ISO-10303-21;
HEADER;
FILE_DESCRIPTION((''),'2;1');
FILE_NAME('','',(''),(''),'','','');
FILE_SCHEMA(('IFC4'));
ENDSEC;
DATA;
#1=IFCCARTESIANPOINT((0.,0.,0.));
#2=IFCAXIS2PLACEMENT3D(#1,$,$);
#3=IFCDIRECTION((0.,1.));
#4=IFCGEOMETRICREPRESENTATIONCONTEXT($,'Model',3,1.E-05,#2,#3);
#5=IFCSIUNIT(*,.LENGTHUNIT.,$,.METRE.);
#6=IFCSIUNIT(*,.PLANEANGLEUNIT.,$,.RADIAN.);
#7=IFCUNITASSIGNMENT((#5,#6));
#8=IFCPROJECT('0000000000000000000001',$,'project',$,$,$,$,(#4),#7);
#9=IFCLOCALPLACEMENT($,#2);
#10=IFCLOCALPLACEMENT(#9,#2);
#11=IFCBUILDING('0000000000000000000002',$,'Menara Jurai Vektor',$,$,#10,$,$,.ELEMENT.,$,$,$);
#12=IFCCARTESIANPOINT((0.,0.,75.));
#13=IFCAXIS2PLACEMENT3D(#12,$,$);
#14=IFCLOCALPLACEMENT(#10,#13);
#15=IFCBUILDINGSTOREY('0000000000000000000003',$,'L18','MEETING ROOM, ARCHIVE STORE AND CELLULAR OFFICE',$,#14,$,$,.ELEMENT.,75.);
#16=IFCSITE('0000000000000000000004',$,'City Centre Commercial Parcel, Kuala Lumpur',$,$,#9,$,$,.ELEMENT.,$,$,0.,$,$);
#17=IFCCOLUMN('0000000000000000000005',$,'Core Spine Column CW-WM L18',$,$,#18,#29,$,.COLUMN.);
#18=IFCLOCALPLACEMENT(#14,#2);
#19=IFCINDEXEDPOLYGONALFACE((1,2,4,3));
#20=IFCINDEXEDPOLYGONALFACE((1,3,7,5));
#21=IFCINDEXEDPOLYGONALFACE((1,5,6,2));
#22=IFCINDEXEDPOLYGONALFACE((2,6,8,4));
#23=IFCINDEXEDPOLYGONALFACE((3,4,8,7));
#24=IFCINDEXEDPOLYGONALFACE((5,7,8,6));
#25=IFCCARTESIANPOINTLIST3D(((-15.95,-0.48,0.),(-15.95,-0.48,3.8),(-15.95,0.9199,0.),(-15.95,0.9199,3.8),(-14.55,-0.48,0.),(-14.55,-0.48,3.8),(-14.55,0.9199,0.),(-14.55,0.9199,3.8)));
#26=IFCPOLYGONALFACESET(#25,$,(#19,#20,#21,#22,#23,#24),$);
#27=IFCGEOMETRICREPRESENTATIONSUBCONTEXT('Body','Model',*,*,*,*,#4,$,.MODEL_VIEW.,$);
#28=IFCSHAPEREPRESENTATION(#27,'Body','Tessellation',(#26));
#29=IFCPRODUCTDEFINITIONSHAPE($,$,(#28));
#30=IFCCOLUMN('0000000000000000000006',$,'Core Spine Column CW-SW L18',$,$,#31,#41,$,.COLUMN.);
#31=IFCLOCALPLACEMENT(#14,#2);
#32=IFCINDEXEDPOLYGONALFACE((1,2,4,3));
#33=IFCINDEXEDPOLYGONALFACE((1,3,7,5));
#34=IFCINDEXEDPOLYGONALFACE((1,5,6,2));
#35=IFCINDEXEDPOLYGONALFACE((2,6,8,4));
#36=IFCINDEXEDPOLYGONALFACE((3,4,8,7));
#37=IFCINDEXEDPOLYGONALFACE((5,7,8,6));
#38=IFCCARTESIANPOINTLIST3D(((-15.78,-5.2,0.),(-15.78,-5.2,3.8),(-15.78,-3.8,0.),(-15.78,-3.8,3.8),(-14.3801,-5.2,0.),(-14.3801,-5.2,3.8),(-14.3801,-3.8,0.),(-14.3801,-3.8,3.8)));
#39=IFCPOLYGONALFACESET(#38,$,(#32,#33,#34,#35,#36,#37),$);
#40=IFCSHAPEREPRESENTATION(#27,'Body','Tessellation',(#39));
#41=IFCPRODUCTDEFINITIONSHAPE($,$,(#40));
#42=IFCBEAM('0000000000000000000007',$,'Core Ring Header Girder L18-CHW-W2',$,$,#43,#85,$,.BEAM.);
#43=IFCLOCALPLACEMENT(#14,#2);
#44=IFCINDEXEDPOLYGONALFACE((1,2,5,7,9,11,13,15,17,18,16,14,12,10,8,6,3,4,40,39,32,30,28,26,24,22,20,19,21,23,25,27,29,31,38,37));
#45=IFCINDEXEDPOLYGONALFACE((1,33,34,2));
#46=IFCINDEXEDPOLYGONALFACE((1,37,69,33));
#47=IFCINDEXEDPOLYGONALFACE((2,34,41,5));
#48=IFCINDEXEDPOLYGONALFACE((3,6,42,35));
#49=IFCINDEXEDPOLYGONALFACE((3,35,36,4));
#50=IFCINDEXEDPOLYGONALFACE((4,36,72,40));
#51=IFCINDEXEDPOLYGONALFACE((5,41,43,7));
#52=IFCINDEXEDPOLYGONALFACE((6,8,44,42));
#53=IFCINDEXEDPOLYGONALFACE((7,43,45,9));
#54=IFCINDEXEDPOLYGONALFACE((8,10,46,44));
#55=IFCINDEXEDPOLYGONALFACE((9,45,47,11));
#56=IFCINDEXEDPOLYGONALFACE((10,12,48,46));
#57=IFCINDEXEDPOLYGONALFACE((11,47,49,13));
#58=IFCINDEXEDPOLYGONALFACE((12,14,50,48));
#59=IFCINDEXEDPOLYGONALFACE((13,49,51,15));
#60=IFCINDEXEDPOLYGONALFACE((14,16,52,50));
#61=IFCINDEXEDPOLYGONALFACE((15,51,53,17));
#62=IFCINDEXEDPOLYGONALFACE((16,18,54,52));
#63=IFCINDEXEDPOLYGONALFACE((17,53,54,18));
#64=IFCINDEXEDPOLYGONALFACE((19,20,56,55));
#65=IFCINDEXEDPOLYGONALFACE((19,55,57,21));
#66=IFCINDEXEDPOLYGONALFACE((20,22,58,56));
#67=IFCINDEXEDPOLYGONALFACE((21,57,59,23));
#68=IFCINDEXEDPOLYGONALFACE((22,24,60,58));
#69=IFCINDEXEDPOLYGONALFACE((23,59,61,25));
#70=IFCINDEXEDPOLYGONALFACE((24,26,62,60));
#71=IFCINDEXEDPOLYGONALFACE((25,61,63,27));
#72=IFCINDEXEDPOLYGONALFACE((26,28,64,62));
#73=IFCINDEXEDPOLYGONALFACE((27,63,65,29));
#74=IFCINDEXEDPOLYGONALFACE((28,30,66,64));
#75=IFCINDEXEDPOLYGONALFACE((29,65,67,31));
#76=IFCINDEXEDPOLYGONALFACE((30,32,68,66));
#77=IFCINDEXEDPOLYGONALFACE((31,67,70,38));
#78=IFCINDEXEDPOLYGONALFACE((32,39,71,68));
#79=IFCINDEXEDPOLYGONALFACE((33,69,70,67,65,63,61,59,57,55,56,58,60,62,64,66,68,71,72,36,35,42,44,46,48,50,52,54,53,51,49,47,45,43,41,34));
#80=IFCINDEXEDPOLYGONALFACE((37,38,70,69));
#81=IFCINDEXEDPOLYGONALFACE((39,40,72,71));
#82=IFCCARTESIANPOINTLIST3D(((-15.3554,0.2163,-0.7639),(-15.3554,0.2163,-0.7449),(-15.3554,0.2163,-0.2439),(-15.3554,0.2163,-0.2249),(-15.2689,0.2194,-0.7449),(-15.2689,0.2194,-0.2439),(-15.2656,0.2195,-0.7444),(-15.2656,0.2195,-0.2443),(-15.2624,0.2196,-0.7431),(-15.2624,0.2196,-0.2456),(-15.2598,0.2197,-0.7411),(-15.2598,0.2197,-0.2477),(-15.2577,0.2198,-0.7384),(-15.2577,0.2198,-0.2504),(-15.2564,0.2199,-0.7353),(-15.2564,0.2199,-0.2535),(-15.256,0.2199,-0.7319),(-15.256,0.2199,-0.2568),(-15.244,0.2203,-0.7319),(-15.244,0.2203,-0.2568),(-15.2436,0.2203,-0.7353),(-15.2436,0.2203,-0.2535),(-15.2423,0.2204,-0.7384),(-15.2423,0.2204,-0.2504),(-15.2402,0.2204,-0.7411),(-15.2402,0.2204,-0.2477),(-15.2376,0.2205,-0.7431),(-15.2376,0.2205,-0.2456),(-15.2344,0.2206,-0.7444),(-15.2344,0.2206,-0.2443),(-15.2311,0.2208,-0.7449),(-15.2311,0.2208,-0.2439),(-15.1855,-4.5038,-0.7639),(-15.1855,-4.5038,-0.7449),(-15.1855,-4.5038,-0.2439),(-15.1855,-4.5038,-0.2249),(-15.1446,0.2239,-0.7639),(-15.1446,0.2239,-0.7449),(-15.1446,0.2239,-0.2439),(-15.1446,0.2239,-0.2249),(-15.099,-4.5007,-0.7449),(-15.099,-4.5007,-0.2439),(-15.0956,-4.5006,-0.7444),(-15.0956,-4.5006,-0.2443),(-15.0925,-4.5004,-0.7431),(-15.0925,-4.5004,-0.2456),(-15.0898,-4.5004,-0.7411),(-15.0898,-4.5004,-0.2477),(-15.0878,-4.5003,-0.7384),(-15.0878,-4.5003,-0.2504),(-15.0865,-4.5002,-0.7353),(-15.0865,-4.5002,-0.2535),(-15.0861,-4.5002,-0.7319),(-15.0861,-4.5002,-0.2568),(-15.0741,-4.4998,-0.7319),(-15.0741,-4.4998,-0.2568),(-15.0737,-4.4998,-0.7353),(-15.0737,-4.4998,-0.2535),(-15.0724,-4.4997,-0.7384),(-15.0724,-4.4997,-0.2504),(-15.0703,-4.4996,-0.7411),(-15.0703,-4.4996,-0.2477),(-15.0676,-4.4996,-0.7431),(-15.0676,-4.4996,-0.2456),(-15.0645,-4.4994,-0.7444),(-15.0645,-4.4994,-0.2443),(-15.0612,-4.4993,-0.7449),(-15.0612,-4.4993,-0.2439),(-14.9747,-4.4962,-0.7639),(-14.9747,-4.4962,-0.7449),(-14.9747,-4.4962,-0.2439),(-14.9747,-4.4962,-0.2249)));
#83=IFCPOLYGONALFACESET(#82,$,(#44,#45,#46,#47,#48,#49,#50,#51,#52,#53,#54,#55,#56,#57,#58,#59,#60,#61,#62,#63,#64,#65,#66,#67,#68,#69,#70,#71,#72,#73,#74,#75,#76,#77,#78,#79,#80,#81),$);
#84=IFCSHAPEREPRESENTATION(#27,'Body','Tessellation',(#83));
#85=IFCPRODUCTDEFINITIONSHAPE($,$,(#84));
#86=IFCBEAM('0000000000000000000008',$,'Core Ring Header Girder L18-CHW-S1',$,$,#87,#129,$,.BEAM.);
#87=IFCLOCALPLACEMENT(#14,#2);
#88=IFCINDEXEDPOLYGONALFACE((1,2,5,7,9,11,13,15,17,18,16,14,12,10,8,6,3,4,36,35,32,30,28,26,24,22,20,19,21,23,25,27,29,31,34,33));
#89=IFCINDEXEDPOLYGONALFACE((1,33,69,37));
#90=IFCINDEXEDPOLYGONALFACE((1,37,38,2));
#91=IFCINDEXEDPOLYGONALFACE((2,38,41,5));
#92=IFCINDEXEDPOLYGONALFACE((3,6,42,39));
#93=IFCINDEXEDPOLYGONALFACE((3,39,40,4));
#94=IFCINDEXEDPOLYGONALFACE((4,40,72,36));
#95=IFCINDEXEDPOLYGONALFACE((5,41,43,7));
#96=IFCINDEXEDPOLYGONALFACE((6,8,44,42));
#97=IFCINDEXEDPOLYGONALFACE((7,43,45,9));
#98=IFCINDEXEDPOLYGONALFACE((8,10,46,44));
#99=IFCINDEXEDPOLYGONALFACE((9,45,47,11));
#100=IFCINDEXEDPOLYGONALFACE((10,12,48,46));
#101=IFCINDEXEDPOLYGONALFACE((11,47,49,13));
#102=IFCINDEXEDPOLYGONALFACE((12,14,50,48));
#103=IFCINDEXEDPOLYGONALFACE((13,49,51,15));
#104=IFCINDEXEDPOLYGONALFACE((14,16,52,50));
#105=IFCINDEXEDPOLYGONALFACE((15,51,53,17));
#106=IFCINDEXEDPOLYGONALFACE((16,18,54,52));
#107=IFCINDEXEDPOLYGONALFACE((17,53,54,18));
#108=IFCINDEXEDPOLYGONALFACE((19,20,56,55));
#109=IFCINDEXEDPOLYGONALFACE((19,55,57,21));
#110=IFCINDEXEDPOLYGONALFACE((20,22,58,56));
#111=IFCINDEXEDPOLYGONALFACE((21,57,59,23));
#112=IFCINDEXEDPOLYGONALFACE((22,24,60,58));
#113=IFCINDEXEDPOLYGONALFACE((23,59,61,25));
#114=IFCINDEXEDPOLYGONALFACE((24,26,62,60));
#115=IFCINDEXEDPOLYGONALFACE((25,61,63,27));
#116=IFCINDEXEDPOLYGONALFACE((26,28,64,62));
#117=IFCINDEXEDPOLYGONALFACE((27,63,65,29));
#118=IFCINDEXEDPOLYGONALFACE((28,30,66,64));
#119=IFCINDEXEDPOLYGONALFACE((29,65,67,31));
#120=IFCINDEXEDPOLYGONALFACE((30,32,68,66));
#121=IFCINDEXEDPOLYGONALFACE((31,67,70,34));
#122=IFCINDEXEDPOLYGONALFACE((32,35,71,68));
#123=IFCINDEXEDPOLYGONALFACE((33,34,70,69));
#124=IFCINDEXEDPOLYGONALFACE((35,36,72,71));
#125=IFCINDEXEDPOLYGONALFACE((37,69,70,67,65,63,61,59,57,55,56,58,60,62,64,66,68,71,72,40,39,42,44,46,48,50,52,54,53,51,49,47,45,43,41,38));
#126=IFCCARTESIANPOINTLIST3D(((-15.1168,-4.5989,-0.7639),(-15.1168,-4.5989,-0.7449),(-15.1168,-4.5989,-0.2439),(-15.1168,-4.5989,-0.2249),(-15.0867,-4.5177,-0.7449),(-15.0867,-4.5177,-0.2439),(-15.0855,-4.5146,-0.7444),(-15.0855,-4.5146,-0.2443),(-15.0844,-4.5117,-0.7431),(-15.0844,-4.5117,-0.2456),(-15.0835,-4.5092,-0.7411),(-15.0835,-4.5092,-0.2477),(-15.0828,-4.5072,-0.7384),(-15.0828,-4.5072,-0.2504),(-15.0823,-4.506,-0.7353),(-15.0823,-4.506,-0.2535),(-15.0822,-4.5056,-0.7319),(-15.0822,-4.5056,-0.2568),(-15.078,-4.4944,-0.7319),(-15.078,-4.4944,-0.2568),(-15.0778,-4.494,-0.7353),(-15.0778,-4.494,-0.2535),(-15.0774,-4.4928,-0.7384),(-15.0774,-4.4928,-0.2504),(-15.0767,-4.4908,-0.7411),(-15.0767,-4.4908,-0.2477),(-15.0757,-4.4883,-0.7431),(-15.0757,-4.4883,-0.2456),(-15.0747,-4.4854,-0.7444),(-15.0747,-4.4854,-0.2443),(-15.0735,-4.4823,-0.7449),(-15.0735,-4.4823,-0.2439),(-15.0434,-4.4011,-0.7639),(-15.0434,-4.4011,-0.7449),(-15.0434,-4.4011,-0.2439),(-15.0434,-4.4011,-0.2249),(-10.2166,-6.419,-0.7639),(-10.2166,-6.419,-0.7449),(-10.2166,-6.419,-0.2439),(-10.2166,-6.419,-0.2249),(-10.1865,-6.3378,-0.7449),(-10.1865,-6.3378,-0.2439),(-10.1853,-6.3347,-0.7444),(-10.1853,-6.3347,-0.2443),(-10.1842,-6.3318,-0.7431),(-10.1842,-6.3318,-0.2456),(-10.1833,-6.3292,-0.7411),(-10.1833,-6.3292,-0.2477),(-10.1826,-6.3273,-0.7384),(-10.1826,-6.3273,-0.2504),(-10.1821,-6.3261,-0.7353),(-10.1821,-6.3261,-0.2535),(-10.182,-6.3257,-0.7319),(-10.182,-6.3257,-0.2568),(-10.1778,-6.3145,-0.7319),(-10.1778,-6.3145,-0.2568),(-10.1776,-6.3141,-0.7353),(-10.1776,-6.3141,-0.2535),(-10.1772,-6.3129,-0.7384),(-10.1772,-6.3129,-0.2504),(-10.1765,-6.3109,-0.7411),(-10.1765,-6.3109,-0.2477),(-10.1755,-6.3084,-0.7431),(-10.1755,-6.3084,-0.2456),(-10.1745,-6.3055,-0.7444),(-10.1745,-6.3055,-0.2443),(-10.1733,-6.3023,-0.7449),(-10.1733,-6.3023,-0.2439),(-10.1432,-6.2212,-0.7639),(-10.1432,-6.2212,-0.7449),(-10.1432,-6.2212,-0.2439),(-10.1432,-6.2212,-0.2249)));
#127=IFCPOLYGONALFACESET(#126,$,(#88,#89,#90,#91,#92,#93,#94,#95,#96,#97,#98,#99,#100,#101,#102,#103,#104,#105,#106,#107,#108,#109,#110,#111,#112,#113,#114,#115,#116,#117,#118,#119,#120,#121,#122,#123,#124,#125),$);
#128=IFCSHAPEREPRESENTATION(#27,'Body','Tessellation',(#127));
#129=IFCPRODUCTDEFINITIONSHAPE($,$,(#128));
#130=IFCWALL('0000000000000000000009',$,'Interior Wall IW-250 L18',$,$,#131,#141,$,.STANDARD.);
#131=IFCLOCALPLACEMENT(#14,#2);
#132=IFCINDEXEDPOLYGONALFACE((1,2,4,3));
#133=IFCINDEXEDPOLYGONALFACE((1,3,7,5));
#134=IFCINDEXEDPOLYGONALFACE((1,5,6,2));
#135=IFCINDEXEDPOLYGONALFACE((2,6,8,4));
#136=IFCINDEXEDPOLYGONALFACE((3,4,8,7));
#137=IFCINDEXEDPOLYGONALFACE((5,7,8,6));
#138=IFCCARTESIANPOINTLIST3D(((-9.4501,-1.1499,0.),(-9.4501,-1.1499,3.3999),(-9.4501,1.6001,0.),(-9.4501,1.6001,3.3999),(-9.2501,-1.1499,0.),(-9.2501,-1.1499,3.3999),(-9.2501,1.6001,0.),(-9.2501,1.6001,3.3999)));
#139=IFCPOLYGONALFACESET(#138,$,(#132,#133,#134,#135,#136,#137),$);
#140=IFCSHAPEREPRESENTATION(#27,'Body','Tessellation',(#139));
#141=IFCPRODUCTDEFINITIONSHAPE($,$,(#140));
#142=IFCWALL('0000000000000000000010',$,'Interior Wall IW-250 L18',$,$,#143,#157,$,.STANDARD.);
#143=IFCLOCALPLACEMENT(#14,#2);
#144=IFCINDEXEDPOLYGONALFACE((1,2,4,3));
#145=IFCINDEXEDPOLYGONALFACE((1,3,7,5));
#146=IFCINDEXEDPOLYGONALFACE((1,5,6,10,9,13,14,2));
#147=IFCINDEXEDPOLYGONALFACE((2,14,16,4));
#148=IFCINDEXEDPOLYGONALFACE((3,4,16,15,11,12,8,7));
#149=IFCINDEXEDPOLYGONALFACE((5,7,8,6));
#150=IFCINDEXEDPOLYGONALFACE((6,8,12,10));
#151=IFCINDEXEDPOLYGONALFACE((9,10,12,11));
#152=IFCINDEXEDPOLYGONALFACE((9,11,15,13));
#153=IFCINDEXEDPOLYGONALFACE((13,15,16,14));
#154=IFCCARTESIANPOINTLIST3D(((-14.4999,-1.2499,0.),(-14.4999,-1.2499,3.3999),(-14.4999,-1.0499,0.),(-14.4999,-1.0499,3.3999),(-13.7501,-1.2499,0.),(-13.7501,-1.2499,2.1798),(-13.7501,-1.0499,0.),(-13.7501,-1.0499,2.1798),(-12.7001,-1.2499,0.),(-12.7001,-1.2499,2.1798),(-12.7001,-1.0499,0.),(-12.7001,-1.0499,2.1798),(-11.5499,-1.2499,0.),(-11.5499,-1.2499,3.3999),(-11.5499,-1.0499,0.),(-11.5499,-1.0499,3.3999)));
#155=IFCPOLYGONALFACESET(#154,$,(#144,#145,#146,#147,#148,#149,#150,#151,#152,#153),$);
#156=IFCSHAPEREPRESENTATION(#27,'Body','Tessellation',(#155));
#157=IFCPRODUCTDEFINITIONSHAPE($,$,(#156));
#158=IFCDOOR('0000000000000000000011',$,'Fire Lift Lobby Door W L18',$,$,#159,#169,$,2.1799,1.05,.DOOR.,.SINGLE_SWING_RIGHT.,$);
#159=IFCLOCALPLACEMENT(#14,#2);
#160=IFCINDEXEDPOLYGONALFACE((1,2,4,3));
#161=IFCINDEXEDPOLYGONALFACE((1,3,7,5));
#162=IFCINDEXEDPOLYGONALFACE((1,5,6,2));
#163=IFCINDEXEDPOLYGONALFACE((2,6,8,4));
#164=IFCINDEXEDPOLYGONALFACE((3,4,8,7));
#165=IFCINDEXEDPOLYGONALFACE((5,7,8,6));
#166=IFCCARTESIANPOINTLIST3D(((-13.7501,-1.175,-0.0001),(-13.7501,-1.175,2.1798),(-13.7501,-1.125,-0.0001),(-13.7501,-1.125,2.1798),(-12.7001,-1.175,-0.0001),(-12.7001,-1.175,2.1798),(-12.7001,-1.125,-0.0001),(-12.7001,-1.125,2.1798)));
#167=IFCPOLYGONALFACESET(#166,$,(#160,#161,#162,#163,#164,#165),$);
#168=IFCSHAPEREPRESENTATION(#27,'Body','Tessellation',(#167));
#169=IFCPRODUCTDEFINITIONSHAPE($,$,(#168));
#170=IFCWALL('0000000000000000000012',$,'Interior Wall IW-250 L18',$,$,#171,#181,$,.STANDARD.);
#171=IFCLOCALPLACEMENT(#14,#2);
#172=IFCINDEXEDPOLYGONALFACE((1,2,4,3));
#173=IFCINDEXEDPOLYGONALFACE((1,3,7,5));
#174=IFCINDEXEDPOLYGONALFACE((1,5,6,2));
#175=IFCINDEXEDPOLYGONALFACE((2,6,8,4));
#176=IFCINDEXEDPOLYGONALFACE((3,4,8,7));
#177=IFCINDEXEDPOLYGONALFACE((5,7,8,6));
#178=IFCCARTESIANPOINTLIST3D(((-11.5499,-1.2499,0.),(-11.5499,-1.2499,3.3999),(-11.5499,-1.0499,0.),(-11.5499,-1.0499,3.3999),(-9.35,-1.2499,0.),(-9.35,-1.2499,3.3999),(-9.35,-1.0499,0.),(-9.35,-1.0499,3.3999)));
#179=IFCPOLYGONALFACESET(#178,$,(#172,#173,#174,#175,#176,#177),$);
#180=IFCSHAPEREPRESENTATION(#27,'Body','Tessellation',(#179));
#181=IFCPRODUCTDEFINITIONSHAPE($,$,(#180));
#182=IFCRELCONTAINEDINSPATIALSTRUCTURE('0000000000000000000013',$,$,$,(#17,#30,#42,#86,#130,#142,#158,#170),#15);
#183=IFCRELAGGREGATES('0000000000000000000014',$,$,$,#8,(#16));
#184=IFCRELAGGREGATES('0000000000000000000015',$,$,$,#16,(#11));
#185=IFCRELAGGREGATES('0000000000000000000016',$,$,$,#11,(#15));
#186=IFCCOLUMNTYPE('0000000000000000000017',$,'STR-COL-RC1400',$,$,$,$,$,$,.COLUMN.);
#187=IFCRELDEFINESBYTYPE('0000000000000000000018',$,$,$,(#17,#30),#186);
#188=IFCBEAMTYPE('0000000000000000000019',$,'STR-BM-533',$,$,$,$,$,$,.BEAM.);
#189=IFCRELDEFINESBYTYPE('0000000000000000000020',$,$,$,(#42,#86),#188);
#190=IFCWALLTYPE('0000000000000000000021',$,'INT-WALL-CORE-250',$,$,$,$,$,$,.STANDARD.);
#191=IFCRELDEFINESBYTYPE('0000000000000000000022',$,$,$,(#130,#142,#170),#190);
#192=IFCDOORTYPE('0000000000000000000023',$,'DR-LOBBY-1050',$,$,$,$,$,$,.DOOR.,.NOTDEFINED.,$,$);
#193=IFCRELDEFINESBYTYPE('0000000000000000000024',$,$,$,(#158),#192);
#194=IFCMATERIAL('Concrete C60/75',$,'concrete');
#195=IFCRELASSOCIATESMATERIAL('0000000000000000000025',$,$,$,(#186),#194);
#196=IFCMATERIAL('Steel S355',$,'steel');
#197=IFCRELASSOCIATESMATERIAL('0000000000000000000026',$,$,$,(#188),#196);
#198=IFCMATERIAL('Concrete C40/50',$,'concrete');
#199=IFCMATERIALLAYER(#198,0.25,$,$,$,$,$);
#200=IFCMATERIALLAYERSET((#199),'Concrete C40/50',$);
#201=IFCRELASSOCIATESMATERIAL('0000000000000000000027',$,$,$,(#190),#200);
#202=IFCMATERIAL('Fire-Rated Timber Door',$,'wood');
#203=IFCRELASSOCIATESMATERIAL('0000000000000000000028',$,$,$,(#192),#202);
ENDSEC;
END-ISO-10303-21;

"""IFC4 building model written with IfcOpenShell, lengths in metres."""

from ifc_helpers import new_model, si_unit, direction, frame, frame_2d, origin, origin_2d, place, context, subcontext, project, spatial, rectangle, i_section, extrude, material, layer, layer_set, material_profile, profile_set, type_object, element, fill, save


model = new_model("IFC4")

# Units and contexts
model_context = context("Model", 3, precision=1e-05, world=origin(), true_north=direction((0.0, 1.0)))
body_context = subcontext(model_context, "Body", "Model", "MODEL_VIEW")
ifc_project = project(units=[si_unit("LENGTHUNIT", "METRE"), si_unit("PLANEANGLEUNIT", "RADIAN")], contexts=[model_context])

# Site, building, storey
site_placement = place(None, origin())
site = spatial("IfcSite", under=ifc_project, at=site_placement, Name="City Centre Commercial Parcel, Kuala Lumpur", CompositionType="ELEMENT", RefElevation=0.0)
building_placement = place(site_placement, origin())
building = spatial("IfcBuilding", under=site, at=building_placement, Name="Menara Jurai Vektor", CompositionType="ELEMENT")
storey_placement = place(building_placement, frame((0.0, 0.0, 75.0)))
storey = spatial("IfcBuildingStorey", under=building, at=storey_placement, Name="L18", Description="MEETING ROOM, ARCHIVE STORE AND CELLULAR OFFICE", CompositionType="ELEMENT", Elevation=75.0)

# Columns
ifc_material_1 = material(Name="Concrete C60/75", Category="concrete")
ifc_material_profile_1 = material_profile(ifc_material_1, rectangle(XDim=1.3999, YDim=1.3999, at=origin_2d()), Name="RC 1400x1400")
ifc_profile_set_1 = profile_set([ifc_material_profile_1], Name="Concrete C60/75")
column_type = type_object("IfcColumnType", Name="STR-COL-RC1400", PredefinedType="COLUMN", material=ifc_profile_set_1)
for number, where, z_axis, x_axis, name in (
    (1, (-15.25, 0.22, 0.0), (0.0, 0.0, 1.0), (1.0, 0.0, 0.0), "Core Spine Column CW-WM L18"),
    (2, (-15.0801, -4.5, 0.0), (0.0, 0.0, 1.0), (1.0, 0.0, 0.0), "Core Spine Column CW-SW L18"),
):
    element("IfcColumn", number, at=place(storey_placement, frame(where, z_axis=z_axis, x_axis=x_axis)), inside=storey, type_object=column_type, Name=name, PredefinedType="COLUMN", context=body_context, shape_type="SweptSolid", body=[
        extrude(rectangle(XDim=1.3999, YDim=1.3999, at=origin_2d()), origin(), (0.0, 0.0, 1.0), 3.8),
    ])

# Beams
ifc_material_2 = material(Name="Steel S355", Category="steel")
ifc_material_profile_2 = material_profile(ifc_material_2, i_section(OverallWidth=0.2109, OverallDepth=0.5391, WebThickness=0.012, FlangeThickness=0.019, FilletRadius=0.0129, at=origin_2d()), Name="UKB 533x210x109")
ifc_profile_set_2 = profile_set([ifc_material_profile_2], Name="Steel S355")
beam_type = type_object("IfcBeamType", Name="STR-BM-533", PredefinedType="BEAM", material=ifc_profile_set_2)
beam_1_placement = place(storey_placement, frame((-15.0801, -4.5, -0.4944), z_axis=(-0.035977, 0.999353, 0.0), x_axis=(-0.999353, -0.035977, 0.0)))
element("IfcBeam", 3, at=beam_1_placement, inside=storey, type_object=beam_type, Name="Core Ring Header Girder L18-CHW-W2", PredefinedType="BEAM", context=body_context, shape_type="SweptSolid", body=[
    extrude(i_section(OverallWidth=0.2109, OverallDepth=0.5391, WebThickness=0.012, FlangeThickness=0.019, FilletRadius=0.0129, at=origin_2d()), origin(), (0.0, 0.0, 1.0), 4.7231),
])
beam_2_placement = place(storey_placement, frame((-15.0801, -4.5, -0.4944), z_axis=(0.937424, -0.348189, 0.0), x_axis=(0.348189, 0.937424, 0.0)))
element("IfcBeam", 4, at=beam_2_placement, inside=storey, type_object=beam_type, Name="Core Ring Header Girder L18-CHW-S1", PredefinedType="BEAM", context=body_context, shape_type="SweptSolid", body=[
    extrude(i_section(OverallWidth=0.2109, OverallDepth=0.5391, WebThickness=0.012, FlangeThickness=0.019, FilletRadius=0.0129, at=origin_2d()), origin(), (0.0, 0.0, 1.0), 5.2273),
])

# Shared definitions
ifc_material_3 = material(Name="Concrete C40/50", Category="concrete")
ifc_layer_1 = layer(ifc_material_3, 0.25)
ifc_layer_set_1 = layer_set([ifc_layer_1], Name="Concrete C40/50")
wall_type_1 = type_object("IfcWallType", Name="INT-WALL-CORE-250", PredefinedType="STANDARD", material=ifc_layer_set_1)

# Wall
wall_1_placement = place(storey_placement, frame((-9.3501, -1.1499, 0.0), z_axis=(0.0, 0.0, 1.0), x_axis=(0.0, 1.0, 0.0)))
element("IfcWall", 5, at=wall_1_placement, inside=storey, type_object=wall_type_1, Name="Interior Wall IW-250 L18", PredefinedType="STANDARD", context=body_context, shape_type="SweptSolid", body=[
    extrude(rectangle(XDim=2.75, YDim=0.2, at=frame_2d((1.375, 0.0))), origin(), (0.0, 0.0, 1.0), 3.3999),
])

# Wall, opening, door
wall_2_placement = place(storey_placement, frame((-14.5, -1.1499, 0.0), z_axis=(0.0, 0.0, 1.0), x_axis=(1.0, 0.0, 0.0)))
wall_2 = element("IfcWall", 6, at=wall_2_placement, inside=storey, type_object=wall_type_1, Name="Interior Wall IW-250 L18", PredefinedType="STANDARD", context=body_context, shape_type="SweptSolid", body=[
    extrude(rectangle(XDim=2.95, YDim=0.2, at=frame_2d((1.4751, 0.0))), origin(), (0.0, 0.0, 1.0), 3.3999),
])
opening_1_placement = place(wall_2_placement, frame((0.75, 0.0, 0.0)))
opening_1 = element("IfcOpeningElement", 7, at=opening_1_placement, cuts=wall_2, PredefinedType="OPENING", context=body_context, shape_type="SweptSolid", body=[
    extrude(rectangle(XDim=1.05, YDim=2.1799, at=frame_2d((0.5249, 1.0898))), frame((0.0, 0.1099, 0.0), z_axis=(0.0, -1.0, 0.0), x_axis=(1.0, 0.0, 0.0)), (0.0, 0.0, 1.0), 0.22),
])
ifc_material_4 = material(Name="Fire-Rated Timber Door", Category="wood")
door_type_1 = type_object("IfcDoorType", Name="DR-LOBBY-1050", OperationType="NOTDEFINED", PredefinedType="DOOR", material=ifc_material_4)
door_1_placement = place(opening_1_placement, origin())
door_1 = element("IfcDoor", 8, at=door_1_placement, inside=storey, type_object=door_type_1, Name="Fire Lift Lobby Door W L18", OperationType="SINGLE_SWING_RIGHT", OverallHeight=2.1799, OverallWidth=1.05, PredefinedType="DOOR", context=body_context, shape_type="SweptSolid", body=[
    extrude(rectangle(XDim=1.05, YDim=2.1799, at=frame_2d((0.5249, 1.0898))), frame((0.0, 0.0249, 0.0), z_axis=(0.0, -1.0, 0.0), x_axis=(1.0, 0.0, 0.0)), (0.0, 0.0, 1.0), 0.05),
])
fill(opening_1, door_1)

# Wall
wall_3_placement = place(storey_placement, frame((-11.55, -1.1499, 0.0), z_axis=(0.0, 0.0, 1.0), x_axis=(1.0, 0.0, 0.0)))
element("IfcWall", 9, at=wall_3_placement, inside=storey, type_object=wall_type_1, Name="Interior Wall IW-250 L18", PredefinedType="STANDARD", context=body_context, shape_type="SweptSolid", body=[
    extrude(rectangle(XDim=2.2, YDim=0.2, at=frame_2d((1.1001, 0.0))), origin(), (0.0, 0.0, 1.0), 3.3999),
])

save(model, "model.ifc")
